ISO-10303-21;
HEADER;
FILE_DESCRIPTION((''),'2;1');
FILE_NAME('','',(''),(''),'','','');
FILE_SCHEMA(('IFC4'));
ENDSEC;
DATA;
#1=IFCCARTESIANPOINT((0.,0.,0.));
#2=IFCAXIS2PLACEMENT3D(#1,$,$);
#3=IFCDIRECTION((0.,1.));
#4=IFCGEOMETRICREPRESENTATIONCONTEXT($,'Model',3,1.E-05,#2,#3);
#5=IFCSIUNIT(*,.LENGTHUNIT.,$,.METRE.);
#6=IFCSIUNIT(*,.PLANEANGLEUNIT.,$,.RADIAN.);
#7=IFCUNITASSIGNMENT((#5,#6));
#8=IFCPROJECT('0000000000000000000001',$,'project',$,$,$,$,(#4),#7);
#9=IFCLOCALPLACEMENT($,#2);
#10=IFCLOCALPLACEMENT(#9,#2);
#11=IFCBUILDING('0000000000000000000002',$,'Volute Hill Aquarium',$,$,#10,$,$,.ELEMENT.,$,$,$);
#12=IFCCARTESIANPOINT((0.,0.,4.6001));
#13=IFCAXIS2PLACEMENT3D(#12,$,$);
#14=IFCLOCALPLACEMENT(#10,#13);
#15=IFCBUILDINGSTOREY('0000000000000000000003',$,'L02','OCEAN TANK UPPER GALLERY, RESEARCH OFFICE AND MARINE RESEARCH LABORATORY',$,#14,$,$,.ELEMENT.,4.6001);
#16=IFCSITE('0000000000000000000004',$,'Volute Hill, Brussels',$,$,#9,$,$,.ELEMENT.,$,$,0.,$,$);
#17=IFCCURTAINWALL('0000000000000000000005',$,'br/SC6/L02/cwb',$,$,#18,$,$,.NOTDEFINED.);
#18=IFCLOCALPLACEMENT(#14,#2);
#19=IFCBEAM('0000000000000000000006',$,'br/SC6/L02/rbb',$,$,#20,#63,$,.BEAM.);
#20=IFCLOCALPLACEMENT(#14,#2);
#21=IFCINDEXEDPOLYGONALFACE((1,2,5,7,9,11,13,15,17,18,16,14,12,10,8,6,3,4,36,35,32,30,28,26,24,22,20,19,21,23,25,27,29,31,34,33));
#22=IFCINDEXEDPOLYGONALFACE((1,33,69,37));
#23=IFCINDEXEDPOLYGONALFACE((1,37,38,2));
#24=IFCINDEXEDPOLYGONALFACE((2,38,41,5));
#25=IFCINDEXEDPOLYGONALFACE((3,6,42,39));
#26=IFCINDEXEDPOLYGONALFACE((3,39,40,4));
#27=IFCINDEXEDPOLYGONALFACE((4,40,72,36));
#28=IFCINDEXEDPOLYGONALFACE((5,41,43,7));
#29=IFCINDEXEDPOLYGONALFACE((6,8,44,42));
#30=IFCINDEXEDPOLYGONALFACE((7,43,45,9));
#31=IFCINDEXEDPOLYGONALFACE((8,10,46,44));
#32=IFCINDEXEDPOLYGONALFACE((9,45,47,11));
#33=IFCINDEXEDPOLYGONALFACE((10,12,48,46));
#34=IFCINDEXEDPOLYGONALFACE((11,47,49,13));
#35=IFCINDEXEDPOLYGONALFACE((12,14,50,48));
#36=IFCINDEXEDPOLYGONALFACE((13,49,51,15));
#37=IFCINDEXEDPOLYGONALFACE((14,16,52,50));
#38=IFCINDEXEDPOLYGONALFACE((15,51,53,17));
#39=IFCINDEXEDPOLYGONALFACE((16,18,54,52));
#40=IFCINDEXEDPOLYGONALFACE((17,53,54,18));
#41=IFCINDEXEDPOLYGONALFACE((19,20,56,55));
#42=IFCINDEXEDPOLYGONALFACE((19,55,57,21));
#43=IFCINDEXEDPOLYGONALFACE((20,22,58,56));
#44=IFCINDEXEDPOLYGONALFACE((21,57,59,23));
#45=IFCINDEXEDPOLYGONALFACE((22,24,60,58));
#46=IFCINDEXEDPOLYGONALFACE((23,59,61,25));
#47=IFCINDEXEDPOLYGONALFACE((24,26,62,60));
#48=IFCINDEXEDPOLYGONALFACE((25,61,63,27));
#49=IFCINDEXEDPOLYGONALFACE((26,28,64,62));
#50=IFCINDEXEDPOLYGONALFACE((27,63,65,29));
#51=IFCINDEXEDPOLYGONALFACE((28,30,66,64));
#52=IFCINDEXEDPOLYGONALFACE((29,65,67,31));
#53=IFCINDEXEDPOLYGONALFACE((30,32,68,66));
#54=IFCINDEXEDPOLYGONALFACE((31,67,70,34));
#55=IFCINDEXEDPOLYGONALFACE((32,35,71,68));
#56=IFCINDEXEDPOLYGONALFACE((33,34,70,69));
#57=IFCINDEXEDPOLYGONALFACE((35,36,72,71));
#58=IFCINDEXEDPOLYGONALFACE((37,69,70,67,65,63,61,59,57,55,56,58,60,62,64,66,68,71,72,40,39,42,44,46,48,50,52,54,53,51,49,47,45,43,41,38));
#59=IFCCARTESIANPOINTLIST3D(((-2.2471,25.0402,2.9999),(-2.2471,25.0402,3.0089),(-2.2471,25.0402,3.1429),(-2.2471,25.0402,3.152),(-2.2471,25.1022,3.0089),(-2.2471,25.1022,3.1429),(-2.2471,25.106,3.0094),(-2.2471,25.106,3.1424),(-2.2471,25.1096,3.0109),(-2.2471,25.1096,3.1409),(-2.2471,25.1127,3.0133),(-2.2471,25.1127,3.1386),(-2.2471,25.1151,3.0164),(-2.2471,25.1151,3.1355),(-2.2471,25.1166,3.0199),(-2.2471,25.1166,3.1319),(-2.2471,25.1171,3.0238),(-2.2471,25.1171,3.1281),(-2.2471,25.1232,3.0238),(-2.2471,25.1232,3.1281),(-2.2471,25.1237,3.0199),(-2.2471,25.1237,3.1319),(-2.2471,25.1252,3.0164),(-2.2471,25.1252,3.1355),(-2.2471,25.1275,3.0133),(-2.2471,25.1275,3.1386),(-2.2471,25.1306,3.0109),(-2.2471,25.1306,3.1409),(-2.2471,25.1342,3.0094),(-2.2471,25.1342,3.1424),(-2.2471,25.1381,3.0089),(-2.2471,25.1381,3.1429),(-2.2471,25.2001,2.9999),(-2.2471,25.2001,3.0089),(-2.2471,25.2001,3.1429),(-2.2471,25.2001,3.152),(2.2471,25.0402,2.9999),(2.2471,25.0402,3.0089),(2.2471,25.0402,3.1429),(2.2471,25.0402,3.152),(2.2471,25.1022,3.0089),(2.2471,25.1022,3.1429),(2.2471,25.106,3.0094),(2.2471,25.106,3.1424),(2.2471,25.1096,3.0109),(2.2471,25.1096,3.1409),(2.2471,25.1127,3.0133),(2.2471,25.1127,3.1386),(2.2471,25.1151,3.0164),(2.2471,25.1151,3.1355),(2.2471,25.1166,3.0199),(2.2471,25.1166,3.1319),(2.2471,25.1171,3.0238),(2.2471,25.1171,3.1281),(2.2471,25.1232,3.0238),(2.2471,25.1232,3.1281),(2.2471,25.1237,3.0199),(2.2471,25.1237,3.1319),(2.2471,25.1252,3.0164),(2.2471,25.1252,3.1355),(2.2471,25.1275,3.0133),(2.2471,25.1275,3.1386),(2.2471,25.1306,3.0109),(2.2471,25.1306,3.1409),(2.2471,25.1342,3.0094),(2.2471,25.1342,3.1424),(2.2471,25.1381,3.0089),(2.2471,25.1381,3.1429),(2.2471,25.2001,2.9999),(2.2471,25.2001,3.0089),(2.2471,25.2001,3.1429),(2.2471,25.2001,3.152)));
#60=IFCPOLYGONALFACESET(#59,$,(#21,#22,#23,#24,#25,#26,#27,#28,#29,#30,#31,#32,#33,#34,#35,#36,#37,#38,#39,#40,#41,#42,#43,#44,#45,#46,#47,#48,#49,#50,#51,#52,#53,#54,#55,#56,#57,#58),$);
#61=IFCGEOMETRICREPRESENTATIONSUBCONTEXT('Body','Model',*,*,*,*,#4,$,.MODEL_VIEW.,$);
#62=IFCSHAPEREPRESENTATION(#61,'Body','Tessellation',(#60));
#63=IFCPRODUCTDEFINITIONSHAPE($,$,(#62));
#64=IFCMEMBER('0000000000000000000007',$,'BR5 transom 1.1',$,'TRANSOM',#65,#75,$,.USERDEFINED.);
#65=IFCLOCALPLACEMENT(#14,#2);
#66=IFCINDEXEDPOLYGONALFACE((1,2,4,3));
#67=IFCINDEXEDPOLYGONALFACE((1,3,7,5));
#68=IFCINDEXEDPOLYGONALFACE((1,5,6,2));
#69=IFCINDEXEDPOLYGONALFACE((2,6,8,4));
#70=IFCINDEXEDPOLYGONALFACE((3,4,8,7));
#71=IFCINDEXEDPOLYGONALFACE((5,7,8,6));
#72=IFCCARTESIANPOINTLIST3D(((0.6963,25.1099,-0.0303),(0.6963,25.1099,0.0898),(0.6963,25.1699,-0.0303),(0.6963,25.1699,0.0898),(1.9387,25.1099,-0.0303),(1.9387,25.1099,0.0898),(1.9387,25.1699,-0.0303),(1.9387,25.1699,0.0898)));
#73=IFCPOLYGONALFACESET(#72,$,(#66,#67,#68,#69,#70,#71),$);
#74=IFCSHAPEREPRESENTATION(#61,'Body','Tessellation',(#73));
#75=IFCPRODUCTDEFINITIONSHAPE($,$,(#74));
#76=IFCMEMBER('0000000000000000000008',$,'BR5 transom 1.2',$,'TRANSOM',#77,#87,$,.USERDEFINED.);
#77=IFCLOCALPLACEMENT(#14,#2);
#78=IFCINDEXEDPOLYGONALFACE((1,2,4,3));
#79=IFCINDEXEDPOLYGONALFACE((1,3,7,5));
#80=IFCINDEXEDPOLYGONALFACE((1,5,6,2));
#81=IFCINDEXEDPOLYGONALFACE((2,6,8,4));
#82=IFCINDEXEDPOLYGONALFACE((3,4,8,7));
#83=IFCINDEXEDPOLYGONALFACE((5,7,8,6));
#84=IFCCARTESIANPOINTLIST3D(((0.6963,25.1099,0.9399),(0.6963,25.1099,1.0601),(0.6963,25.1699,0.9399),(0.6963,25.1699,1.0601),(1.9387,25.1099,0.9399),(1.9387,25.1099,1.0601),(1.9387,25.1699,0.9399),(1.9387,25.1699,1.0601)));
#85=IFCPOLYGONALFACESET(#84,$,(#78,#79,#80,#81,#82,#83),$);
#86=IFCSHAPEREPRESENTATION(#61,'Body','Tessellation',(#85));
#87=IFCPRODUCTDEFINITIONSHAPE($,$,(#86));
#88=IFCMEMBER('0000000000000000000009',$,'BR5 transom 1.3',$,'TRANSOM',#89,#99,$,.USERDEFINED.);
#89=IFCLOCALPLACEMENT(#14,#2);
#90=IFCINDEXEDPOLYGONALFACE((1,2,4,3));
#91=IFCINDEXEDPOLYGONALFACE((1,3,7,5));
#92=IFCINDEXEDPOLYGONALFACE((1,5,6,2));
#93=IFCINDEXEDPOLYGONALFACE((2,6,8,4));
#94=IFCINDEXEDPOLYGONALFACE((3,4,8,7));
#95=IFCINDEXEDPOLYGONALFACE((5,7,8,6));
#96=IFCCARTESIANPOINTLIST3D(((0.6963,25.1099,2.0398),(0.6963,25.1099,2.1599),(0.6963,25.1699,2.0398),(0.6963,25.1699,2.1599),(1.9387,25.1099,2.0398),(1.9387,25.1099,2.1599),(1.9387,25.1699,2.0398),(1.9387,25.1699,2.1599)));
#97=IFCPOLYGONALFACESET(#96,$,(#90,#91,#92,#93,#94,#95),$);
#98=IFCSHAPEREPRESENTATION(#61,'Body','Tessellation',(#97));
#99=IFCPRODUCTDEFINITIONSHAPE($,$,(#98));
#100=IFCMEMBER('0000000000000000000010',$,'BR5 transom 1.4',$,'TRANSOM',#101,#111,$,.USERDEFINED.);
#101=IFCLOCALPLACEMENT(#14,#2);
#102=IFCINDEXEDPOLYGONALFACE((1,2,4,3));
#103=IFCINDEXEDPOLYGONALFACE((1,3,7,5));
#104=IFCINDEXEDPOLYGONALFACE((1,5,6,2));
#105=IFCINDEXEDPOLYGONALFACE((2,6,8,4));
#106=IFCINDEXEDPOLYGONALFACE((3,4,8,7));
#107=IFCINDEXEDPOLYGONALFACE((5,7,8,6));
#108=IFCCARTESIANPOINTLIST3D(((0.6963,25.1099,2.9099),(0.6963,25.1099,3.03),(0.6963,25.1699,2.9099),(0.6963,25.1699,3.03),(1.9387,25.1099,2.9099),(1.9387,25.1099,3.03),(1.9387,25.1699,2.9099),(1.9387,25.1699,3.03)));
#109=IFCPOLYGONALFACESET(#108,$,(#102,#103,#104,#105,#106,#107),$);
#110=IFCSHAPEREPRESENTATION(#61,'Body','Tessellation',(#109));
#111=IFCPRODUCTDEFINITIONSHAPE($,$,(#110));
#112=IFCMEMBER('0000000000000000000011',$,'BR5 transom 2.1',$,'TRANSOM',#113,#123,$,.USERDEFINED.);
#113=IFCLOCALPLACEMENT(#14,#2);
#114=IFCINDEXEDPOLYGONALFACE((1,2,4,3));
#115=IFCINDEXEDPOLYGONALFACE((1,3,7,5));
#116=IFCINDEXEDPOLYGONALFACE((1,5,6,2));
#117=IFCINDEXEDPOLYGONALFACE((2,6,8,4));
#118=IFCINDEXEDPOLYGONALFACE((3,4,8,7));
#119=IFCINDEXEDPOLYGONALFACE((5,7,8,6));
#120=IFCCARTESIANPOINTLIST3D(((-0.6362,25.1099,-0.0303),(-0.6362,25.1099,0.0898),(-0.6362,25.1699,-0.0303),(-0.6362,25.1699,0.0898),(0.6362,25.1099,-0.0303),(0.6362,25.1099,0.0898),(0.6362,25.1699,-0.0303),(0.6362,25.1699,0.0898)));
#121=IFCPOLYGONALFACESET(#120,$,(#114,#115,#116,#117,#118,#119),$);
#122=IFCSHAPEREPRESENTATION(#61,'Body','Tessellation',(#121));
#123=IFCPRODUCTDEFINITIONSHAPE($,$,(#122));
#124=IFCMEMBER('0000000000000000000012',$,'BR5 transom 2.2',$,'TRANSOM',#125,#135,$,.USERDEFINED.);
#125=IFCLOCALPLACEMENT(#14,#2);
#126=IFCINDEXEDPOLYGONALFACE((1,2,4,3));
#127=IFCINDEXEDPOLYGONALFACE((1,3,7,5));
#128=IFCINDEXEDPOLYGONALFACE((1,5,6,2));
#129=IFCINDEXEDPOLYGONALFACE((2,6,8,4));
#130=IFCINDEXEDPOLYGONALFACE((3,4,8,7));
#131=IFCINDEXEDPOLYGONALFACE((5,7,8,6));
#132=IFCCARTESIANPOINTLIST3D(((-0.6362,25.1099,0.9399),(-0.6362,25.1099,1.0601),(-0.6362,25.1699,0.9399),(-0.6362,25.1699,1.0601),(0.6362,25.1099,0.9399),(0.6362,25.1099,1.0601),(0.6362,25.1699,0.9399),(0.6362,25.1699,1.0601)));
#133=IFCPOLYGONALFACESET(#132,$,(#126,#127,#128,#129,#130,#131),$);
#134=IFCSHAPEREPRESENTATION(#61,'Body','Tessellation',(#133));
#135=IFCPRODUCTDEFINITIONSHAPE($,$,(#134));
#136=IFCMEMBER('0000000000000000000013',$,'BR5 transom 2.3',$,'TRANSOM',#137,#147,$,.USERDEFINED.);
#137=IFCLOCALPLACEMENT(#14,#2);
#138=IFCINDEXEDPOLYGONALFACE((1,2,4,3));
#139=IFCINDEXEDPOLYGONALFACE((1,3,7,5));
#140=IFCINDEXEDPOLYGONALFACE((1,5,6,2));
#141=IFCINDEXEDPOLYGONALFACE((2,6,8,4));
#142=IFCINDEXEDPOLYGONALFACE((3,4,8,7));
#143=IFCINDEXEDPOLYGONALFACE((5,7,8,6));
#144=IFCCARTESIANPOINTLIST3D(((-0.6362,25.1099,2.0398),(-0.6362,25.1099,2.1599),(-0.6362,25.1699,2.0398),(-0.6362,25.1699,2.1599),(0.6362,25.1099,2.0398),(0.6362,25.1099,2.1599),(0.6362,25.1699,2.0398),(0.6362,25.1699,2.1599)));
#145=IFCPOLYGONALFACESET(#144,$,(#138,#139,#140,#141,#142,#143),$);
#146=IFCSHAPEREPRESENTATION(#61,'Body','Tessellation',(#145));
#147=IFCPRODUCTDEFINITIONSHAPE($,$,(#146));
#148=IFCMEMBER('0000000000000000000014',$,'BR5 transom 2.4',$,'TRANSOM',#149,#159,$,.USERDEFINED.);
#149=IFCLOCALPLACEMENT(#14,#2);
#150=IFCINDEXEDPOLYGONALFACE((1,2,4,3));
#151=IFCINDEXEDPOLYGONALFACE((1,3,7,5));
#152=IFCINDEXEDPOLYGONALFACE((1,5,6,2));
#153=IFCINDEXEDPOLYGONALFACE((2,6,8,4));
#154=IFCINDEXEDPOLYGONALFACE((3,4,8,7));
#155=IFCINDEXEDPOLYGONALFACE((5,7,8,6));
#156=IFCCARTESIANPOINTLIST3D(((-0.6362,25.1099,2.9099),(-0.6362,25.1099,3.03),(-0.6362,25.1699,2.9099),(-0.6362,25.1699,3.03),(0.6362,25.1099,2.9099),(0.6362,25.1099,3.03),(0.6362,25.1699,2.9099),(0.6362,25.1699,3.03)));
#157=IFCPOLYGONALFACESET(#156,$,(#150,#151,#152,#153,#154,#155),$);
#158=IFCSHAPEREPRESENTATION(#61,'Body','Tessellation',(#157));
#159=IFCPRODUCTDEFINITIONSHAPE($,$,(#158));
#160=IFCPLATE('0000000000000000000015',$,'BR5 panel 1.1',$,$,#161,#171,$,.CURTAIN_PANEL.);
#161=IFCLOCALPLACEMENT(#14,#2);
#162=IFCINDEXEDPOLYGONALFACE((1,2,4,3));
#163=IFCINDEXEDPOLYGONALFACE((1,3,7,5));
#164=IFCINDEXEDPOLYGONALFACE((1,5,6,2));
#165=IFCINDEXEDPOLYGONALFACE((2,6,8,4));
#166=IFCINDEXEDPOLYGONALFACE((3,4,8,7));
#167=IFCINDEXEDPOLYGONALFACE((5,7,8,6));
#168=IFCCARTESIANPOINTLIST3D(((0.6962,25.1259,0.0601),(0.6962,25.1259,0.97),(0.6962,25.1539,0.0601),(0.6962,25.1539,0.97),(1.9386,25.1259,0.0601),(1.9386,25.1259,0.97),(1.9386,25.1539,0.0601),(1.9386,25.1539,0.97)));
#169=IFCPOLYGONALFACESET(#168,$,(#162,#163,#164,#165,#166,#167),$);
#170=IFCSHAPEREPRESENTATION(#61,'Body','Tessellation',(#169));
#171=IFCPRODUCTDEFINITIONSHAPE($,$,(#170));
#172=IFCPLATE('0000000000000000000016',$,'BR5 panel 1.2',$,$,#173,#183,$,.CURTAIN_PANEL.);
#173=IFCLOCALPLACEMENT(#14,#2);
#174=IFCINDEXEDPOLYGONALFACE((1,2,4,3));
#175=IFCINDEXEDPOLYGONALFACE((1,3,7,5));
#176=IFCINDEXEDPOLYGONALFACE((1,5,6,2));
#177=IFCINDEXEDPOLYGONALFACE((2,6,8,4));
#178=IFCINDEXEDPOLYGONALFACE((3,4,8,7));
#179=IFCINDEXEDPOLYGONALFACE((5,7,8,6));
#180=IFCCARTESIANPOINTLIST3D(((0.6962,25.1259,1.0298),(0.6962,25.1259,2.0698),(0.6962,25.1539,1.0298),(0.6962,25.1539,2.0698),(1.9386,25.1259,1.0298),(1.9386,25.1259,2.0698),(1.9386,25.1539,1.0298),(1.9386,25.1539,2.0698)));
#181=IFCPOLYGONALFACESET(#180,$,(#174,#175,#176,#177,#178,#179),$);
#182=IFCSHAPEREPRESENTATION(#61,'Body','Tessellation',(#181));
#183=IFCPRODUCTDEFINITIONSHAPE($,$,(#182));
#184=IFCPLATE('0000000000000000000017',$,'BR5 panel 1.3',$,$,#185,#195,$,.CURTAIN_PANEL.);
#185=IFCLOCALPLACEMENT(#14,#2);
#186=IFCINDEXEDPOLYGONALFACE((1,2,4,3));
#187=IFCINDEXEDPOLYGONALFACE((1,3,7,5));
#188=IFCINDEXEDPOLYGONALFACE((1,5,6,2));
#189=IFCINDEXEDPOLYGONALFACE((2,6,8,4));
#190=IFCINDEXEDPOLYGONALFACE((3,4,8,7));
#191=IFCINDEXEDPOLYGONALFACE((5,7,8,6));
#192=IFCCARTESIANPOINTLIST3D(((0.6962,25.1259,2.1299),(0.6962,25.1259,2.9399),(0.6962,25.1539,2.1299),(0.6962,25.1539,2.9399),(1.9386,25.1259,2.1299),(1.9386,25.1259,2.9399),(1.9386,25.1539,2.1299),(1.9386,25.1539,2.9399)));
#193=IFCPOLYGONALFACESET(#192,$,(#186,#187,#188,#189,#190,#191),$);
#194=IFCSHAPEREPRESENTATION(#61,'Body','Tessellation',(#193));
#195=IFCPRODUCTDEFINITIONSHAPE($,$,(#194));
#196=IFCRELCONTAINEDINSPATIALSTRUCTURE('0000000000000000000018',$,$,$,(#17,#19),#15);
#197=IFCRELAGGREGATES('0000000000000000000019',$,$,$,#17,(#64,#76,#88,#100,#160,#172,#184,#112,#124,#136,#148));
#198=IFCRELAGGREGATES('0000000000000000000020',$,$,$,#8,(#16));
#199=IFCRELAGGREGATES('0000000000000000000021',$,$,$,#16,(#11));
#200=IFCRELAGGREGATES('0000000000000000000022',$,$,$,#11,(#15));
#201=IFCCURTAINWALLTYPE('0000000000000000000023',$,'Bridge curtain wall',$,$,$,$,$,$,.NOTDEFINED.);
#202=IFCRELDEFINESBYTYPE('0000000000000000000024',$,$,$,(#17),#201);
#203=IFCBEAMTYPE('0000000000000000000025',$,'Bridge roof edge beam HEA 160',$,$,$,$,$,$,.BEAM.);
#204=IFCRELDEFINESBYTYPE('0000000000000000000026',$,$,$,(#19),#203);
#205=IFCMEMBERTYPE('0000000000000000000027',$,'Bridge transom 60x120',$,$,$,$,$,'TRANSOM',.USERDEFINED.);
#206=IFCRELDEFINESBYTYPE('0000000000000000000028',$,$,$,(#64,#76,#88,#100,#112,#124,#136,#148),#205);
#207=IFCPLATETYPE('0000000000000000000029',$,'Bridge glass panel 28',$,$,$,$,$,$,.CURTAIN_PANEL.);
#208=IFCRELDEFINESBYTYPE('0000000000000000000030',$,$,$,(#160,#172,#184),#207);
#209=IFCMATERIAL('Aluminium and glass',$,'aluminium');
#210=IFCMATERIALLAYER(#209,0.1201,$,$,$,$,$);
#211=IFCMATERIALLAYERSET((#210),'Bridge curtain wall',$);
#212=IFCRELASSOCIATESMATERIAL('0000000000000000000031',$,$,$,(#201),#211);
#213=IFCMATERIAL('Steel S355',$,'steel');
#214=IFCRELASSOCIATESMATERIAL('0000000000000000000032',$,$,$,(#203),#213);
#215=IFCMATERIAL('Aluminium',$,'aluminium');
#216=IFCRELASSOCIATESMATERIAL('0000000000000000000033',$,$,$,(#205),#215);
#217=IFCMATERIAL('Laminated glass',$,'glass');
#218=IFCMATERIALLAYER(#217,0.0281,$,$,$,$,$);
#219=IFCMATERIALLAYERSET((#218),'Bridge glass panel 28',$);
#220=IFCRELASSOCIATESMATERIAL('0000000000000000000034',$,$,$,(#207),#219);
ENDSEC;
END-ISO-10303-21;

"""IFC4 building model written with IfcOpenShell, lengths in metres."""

from ifc_helpers import new_model, si_unit, direction, frame, origin, origin_2d, place, context, subcontext, project, spatial, rectangle, i_section, extrude, material, layer, layer_set, material_profile, profile_set, type_object, element, aggregate, save


model = new_model("IFC4")

# Units and contexts
model_context = context("Model", 3, precision=1e-05, world=origin(), true_north=direction((0.0, 1.0)))
body_context = subcontext(model_context, "Body", "Model", "MODEL_VIEW")
ifc_project = project(units=[si_unit("LENGTHUNIT", "METRE"), si_unit("PLANEANGLEUNIT", "RADIAN")], contexts=[model_context])

# Site, building, storey
site_placement = place(None, origin())
site = spatial("IfcSite", under=ifc_project, at=site_placement, Name="Volute Hill, Brussels", CompositionType="ELEMENT", RefElevation=0.0)
building_placement = place(site_placement, origin())
building = spatial("IfcBuilding", under=site, at=building_placement, Name="Volute Hill Aquarium", CompositionType="ELEMENT")
storey_placement = place(building_placement, frame((0.0, 0.0, 4.6001)))
storey = spatial("IfcBuildingStorey", under=building, at=storey_placement, Name="L02", Description="OCEAN TANK UPPER GALLERY, RESEARCH OFFICE AND MARINE RESEARCH LABORATORY", CompositionType="ELEMENT", Elevation=4.6001)

# Curtain wall
ifc_material_1 = material(Name="Aluminium and glass", Category="aluminium")
ifc_layer_1 = layer(ifc_material_1, 0.1201)
ifc_layer_set_1 = layer_set([ifc_layer_1], Name="Bridge curtain wall")
curtain_wall_type = type_object("IfcCurtainWallType", Name="Bridge curtain wall", PredefinedType="NOTDEFINED", material=ifc_layer_set_1)
curtain_wall_placement = place(storey_placement, origin())
curtain_wall = element("IfcCurtainWall", 1, at=curtain_wall_placement, inside=storey, type_object=curtain_wall_type, Name="br/SC6/L02/cwb", PredefinedType="NOTDEFINED")

# Beam
ifc_material_2 = material(Name="Steel S355", Category="steel")
ifc_material_profile_1 = material_profile(ifc_material_2, i_section(OverallWidth=0.1599, OverallDepth=0.1521, WebThickness=0.0061, FlangeThickness=0.009, FilletRadius=0.0149, at=origin_2d()), Name="HEA 160")
ifc_profile_set_1 = profile_set([ifc_material_profile_1], Name="Steel S355")
beam_type_1 = type_object("IfcBeamType", Name="Bridge roof edge beam HEA 160", PredefinedType="BEAM", material=ifc_profile_set_1)
beam_placement = place(storey_placement, frame((2.2471, 25.1201, 3.0759), z_axis=(-1.0, 0.0, 0.0), x_axis=(0.0, -1.0, 0.0)))
element("IfcBeam", 2, at=beam_placement, inside=storey, type_object=beam_type_1, Name="br/SC6/L02/rbb", PredefinedType="BEAM", context=body_context, shape_type="SweptSolid", body=[
    extrude(i_section(OverallWidth=0.1599, OverallDepth=0.1521, WebThickness=0.0061, FlangeThickness=0.009, FilletRadius=0.0149, at=origin_2d()), origin(), (0.0, 0.0, 1.0), 4.4941),
])

# Members
ifc_material_3 = material(Name="Aluminium", Category="aluminium")
ifc_material_profile_2 = material_profile(ifc_material_3, rectangle(XDim=0.0601, YDim=0.1201, at=origin_2d()), Name="Aluminium transom 60x120")
ifc_profile_set_2 = profile_set([ifc_material_profile_2], Name="Aluminium")
member_type_1 = type_object("IfcMemberType", Name="Bridge transom 60x120", ElementType="TRANSOM", PredefinedType="USERDEFINED", material=ifc_profile_set_2)
member_1_placement = place(storey_placement, frame((1.9387, 25.1399, 0.0298), z_axis=(-1.0, 0.0, 0.0), x_axis=(0.0, -1.0, 0.0)))
member_1 = element("IfcMember", 3, at=member_1_placement, type_object=member_type_1, Name="BR5 transom 1.1", ObjectType="TRANSOM", PredefinedType="USERDEFINED", context=body_context, shape_type="SweptSolid", body=[
    extrude(rectangle(XDim=0.0601, YDim=0.1201, at=origin_2d()), origin(), (0.0, 0.0, 1.0), 1.2424),
])
member_2_placement = place(storey_placement, frame((1.9387, 25.1399, 1.0), z_axis=(-1.0, 0.0, 0.0), x_axis=(0.0, -1.0, 0.0)))
member_2 = element("IfcMember", 4, at=member_2_placement, type_object=member_type_1, Name="BR5 transom 1.2", ObjectType="TRANSOM", PredefinedType="USERDEFINED", context=body_context, shape_type="SweptSolid", body=[
    extrude(rectangle(XDim=0.0601, YDim=0.1201, at=origin_2d()), origin(), (0.0, 0.0, 1.0), 1.2424),
])
member_3_placement = place(storey_placement, frame((1.9387, 25.1399, 2.0999), z_axis=(-1.0, 0.0, 0.0), x_axis=(0.0, -1.0, 0.0)))
member_3 = element("IfcMember", 5, at=member_3_placement, type_object=member_type_1, Name="BR5 transom 1.3", ObjectType="TRANSOM", PredefinedType="USERDEFINED", context=body_context, shape_type="SweptSolid", body=[
    extrude(rectangle(XDim=0.0601, YDim=0.1201, at=origin_2d()), origin(), (0.0, 0.0, 1.0), 1.2424),
])
member_4_placement = place(storey_placement, frame((1.9387, 25.1399, 2.97), z_axis=(-1.0, 0.0, 0.0), x_axis=(0.0, -1.0, 0.0)))
member_4 = element("IfcMember", 6, at=member_4_placement, type_object=member_type_1, Name="BR5 transom 1.4", ObjectType="TRANSOM", PredefinedType="USERDEFINED", context=body_context, shape_type="SweptSolid", body=[
    extrude(rectangle(XDim=0.0601, YDim=0.1201, at=origin_2d()), origin(), (0.0, 0.0, 1.0), 1.2424),
])
member_5_placement = place(storey_placement, frame((0.6362, 25.1399, 0.0298), z_axis=(-1.0, 0.0, 0.0), x_axis=(0.0, -1.0, 0.0)))
member_5 = element("IfcMember", 7, at=member_5_placement, type_object=member_type_1, Name="BR5 transom 2.1", ObjectType="TRANSOM", PredefinedType="USERDEFINED", context=body_context, shape_type="SweptSolid", body=[
    extrude(rectangle(XDim=0.0601, YDim=0.1201, at=origin_2d()), origin(), (0.0, 0.0, 1.0), 1.2725),
])
member_6_placement = place(storey_placement, frame((0.6362, 25.1399, 1.0), z_axis=(-1.0, 0.0, 0.0), x_axis=(0.0, -1.0, 0.0)))
member_6 = element("IfcMember", 8, at=member_6_placement, type_object=member_type_1, Name="BR5 transom 2.2", ObjectType="TRANSOM", PredefinedType="USERDEFINED", context=body_context, shape_type="SweptSolid", body=[
    extrude(rectangle(XDim=0.0601, YDim=0.1201, at=origin_2d()), origin(), (0.0, 0.0, 1.0), 1.2725),
])
member_7_placement = place(storey_placement, frame((0.6362, 25.1399, 2.0999), z_axis=(-1.0, 0.0, 0.0), x_axis=(0.0, -1.0, 0.0)))
member_7 = element("IfcMember", 9, at=member_7_placement, type_object=member_type_1, Name="BR5 transom 2.3", ObjectType="TRANSOM", PredefinedType="USERDEFINED", context=body_context, shape_type="SweptSolid", body=[
    extrude(rectangle(XDim=0.0601, YDim=0.1201, at=origin_2d()), origin(), (0.0, 0.0, 1.0), 1.2725),
])
member_8_placement = place(storey_placement, frame((0.6362, 25.1399, 2.97), z_axis=(-1.0, 0.0, 0.0), x_axis=(0.0, -1.0, 0.0)))
member_8 = element("IfcMember", 10, at=member_8_placement, type_object=member_type_1, Name="BR5 transom 2.4", ObjectType="TRANSOM", PredefinedType="USERDEFINED", context=body_context, shape_type="SweptSolid", body=[
    extrude(rectangle(XDim=0.0601, YDim=0.1201, at=origin_2d()), origin(), (0.0, 0.0, 1.0), 1.2725),
])

# Plates
ifc_material_4 = material(Name="Laminated glass", Category="glass")
ifc_layer_2 = layer(ifc_material_4, 0.0281)
ifc_layer_set_2 = layer_set([ifc_layer_2], Name="Bridge glass panel 28")
plate_type = type_object("IfcPlateType", Name="Bridge glass panel 28", PredefinedType="CURTAIN_PANEL", material=ifc_layer_set_2)
plate_1_placement = place(storey_placement, frame((1.3174, 25.1399, 0.0601), z_axis=(0.0, 0.0, 1.0), x_axis=(-1.0, 0.0, 0.0)))
plate_1 = element("IfcPlate", 11, at=plate_1_placement, type_object=plate_type, Name="BR5 panel 1.1", PredefinedType="CURTAIN_PANEL", context=body_context, shape_type="SweptSolid", body=[
    extrude(rectangle(XDim=1.2424, YDim=0.0281, at=origin_2d()), origin(), (0.0, 0.0, 1.0), 0.9099),
])
plate_2_placement = place(storey_placement, frame((1.3174, 25.1399, 1.0298), z_axis=(0.0, 0.0, 1.0), x_axis=(-1.0, 0.0, 0.0)))
plate_2 = element("IfcPlate", 12, at=plate_2_placement, type_object=plate_type, Name="BR5 panel 1.2", PredefinedType="CURTAIN_PANEL", context=body_context, shape_type="SweptSolid", body=[
    extrude(rectangle(XDim=1.2424, YDim=0.0281, at=origin_2d()), origin(), (0.0, 0.0, 1.0), 1.04),
])
plate_3_placement = place(storey_placement, frame((1.3174, 25.1399, 2.1299), z_axis=(0.0, 0.0, 1.0), x_axis=(-1.0, 0.0, 0.0)))
plate_3 = element("IfcPlate", 13, at=plate_3_placement, type_object=plate_type, Name="BR5 panel 1.3", PredefinedType="CURTAIN_PANEL", context=body_context, shape_type="SweptSolid", body=[
    extrude(rectangle(XDim=1.2424, YDim=0.0281, at=origin_2d()), origin(), (0.0, 0.0, 1.0), 0.8101),
])
aggregate(curtain_wall, [member_1, member_2, member_3, member_4, plate_1, plate_2, plate_3, member_5, member_6, member_7, member_8])

save(model, "model.ifc")
